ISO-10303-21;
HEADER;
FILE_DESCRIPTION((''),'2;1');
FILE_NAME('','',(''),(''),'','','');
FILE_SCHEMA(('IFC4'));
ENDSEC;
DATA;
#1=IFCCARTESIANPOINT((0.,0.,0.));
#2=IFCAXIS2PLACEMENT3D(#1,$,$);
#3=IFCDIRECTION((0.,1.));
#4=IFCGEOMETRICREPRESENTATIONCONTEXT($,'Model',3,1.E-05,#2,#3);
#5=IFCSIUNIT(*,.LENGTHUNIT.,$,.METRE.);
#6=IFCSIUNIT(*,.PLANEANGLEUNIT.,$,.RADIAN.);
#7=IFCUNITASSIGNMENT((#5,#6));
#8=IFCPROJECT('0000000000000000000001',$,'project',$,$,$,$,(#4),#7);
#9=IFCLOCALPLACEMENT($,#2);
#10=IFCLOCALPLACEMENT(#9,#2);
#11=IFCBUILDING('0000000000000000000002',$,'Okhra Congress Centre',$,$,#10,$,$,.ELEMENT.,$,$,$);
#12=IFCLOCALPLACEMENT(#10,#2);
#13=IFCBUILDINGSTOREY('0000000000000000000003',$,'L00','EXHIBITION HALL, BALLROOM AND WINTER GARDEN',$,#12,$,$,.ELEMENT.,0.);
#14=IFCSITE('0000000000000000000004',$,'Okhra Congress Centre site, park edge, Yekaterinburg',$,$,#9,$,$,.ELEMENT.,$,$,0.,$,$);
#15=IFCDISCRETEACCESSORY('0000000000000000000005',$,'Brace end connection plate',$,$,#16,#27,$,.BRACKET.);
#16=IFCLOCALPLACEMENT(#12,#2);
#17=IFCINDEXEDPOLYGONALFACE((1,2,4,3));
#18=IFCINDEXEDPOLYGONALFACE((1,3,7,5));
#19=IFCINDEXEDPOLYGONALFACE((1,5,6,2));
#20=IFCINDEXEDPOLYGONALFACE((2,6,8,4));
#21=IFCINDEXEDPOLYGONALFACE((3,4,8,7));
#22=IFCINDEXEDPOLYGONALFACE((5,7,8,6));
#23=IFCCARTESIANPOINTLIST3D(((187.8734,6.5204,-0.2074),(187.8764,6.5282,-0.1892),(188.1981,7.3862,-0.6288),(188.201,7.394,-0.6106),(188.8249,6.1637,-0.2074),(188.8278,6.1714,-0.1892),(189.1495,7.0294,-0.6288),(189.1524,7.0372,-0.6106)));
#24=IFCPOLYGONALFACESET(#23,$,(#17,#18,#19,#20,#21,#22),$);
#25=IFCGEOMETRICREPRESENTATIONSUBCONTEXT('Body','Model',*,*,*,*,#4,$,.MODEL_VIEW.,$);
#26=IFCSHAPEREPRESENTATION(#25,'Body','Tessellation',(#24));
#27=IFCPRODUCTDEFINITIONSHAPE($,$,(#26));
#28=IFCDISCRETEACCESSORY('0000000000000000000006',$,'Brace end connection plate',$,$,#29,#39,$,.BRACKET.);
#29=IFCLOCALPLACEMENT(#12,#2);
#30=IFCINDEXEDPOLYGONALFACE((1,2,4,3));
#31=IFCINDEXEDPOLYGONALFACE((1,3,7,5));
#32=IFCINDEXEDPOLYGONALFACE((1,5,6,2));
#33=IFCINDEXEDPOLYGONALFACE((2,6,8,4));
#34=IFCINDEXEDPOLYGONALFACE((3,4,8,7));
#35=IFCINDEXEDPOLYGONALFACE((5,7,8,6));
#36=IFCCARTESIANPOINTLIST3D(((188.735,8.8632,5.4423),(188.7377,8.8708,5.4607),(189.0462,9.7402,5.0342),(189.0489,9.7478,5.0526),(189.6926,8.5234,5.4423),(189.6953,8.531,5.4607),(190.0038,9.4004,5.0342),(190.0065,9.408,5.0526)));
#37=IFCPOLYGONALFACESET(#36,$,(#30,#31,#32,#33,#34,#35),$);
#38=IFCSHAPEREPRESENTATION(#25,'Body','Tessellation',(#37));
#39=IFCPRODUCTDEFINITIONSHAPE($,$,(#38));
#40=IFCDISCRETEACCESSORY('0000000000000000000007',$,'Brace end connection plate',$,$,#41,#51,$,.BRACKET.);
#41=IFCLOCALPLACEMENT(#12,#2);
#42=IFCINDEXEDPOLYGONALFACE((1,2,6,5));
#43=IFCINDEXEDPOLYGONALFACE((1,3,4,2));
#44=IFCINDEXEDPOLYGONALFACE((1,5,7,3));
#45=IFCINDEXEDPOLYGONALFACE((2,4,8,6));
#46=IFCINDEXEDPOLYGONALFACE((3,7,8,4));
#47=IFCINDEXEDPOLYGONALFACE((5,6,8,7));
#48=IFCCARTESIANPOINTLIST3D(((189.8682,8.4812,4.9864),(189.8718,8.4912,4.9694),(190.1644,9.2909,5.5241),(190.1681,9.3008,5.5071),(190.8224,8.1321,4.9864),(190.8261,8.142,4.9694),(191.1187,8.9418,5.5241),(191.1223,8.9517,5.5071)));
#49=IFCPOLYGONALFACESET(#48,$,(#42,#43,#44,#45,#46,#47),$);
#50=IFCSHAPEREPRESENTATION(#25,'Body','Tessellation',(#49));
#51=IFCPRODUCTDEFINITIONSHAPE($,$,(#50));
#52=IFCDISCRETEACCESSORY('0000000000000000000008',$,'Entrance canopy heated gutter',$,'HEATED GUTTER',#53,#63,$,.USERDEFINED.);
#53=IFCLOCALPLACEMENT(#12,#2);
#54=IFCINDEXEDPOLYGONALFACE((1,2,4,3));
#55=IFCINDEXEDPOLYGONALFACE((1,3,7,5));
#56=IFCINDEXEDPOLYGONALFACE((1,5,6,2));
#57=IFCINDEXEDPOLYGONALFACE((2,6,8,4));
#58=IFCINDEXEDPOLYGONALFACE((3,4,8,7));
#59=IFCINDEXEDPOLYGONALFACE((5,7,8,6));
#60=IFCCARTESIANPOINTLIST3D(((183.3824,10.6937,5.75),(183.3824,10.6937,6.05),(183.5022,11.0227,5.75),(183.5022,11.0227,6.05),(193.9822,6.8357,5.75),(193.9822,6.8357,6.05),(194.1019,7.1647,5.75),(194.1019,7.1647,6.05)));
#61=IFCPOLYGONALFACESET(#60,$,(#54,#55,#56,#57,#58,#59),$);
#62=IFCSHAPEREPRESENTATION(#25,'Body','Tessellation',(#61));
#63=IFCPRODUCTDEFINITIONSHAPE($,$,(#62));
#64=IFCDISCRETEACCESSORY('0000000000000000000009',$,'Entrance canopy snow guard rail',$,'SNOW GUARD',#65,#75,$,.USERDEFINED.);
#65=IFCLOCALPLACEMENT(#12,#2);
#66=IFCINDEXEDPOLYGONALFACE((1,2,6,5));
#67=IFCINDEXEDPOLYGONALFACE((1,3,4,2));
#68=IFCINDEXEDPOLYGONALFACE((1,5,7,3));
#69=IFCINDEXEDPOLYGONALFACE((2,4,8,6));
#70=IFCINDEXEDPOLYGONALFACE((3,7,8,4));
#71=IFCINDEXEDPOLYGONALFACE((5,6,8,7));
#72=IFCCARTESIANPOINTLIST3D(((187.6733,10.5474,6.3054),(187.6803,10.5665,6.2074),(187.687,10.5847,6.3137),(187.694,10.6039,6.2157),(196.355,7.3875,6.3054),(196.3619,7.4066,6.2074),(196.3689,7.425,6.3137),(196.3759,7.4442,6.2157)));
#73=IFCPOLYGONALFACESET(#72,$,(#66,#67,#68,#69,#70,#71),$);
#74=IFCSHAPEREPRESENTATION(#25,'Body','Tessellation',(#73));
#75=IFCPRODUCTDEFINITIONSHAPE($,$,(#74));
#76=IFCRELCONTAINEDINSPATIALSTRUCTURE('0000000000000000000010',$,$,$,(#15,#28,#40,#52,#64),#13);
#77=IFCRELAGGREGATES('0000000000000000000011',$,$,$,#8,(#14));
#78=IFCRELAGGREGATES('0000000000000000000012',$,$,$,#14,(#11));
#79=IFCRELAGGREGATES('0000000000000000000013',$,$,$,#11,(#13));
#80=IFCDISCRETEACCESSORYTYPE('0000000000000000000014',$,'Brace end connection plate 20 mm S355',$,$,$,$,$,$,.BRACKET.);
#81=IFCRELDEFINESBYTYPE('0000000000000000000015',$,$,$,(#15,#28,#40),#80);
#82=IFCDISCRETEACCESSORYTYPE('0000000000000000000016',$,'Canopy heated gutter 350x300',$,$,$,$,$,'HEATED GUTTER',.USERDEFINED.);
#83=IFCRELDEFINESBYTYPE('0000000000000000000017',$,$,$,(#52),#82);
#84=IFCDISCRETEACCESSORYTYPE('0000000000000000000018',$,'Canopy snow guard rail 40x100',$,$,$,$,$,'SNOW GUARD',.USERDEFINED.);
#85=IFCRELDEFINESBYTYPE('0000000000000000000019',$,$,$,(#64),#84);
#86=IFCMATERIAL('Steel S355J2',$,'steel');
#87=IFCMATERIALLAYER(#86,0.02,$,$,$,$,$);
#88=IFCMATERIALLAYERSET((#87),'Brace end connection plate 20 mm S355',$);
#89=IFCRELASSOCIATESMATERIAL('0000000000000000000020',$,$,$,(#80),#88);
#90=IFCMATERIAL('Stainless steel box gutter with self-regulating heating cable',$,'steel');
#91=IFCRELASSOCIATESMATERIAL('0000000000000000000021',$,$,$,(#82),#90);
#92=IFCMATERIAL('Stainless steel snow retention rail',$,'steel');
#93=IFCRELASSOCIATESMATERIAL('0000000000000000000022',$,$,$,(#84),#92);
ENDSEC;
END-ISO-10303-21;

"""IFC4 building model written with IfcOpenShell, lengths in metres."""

from ifc_helpers import new_model, si_unit, direction, frame, origin, origin_2d, place, context, subcontext, project, spatial, polyline, rectangle, outline, extrude, material, layer, layer_set, type_object, element, save


model = new_model("IFC4")

# Units and contexts
model_context = context("Model", 3, precision=1e-05, world=origin(), true_north=direction((0.0, 1.0)))
body_context = subcontext(model_context, "Body", "Model", "MODEL_VIEW")
ifc_project = project(units=[si_unit("LENGTHUNIT", "METRE"), si_unit("PLANEANGLEUNIT", "RADIAN")], contexts=[model_context])

# Site, building, storey
site_placement = place(None, origin())
site = spatial("IfcSite", under=ifc_project, at=site_placement, Name="Okhra Congress Centre site, park edge, Yekaterinburg", CompositionType="ELEMENT", RefElevation=0.0)
building_placement = place(site_placement, origin())
building = spatial("IfcBuilding", under=site, at=building_placement, Name="Okhra Congress Centre", CompositionType="ELEMENT")
storey_placement = place(building_placement, origin())
storey = spatial("IfcBuildingStorey", under=building, at=storey_placement, Name="L00", Description="EXHIBITION HALL, BALLROOM AND WINTER GARDEN", CompositionType="ELEMENT", Elevation=0.0)

# Discrete accessories
ifc_material_1 = material(Name="Steel S355J2", Category="steel")
ifc_layer = layer(ifc_material_1, 0.02)
ifc_layer_set = layer_set([ifc_layer], Name="Brace end connection plate 20 mm S355")
discrete_accessory_type_1 = type_object("IfcDiscreteAccessoryType", Name="Brace end connection plate 20 mm S355", PredefinedType="BRACKET", material=ifc_layer_set)
for number, where, z_axis, x_axis, name in (
    (1, (188.5144, 6.7827, -0.3999), (-0.145596, -0.388257, -0.909977), (0.936329, -0.351123, 0.0), "Brace end connection plate"),
    (2, (189.3694, 9.1318, 5.2383), (0.134316, 0.378528, 0.915793), (-0.942428, 0.33441, 0.0), "Brace end connection plate"),
    (3, (190.4971, 8.7214, 5.2383), (-0.181822, -0.496979, 0.8485), (0.939123, -0.343582, 0.0), "Brace end connection plate"),
):
    element("IfcDiscreteAccessory", number, at=place(storey_placement, frame(where, z_axis=z_axis, x_axis=x_axis)), inside=storey, type_object=discrete_accessory_type_1, Name=name, PredefinedType="BRACKET", context=body_context, shape_type="SweptSolid", body=[
        extrude(rectangle(XDim=1.0161, YDim=1.0161, at=origin_2d()), origin(), (0.0, 0.0, 1.0), 0.02),
    ])
ifc_material_2 = material(Name="Stainless steel box gutter with self-regulating heating cable", Category="steel")
discrete_accessory_type_2 = type_object("IfcDiscreteAccessoryType", Name="Canopy heated gutter 350x300", ElementType="HEATED GUTTER", PredefinedType="USERDEFINED", material=ifc_material_2)
discrete_accessory_1_placement = place(storey_placement, frame((188.7422, 8.9292, 5.75), z_axis=(0.0, 0.0, 1.0), x_axis=(0.939693, -0.34202, 0.0)))
element("IfcDiscreteAccessory", 4, at=discrete_accessory_1_placement, inside=storey, type_object=discrete_accessory_type_2, Name="Entrance canopy heated gutter", ObjectType="HEATED GUTTER", PredefinedType="USERDEFINED", context=body_context, shape_type="SweptSolid", body=[
    extrude(rectangle(XDim=11.28, YDim=0.3501, at=origin_2d()), origin(), (0.0, 0.0, 1.0), 0.3),
])
ifc_material_3 = material(Name="Stainless steel snow retention rail", Category="steel")
discrete_accessory_type_3 = type_object("IfcDiscreteAccessoryType", Name="Canopy snow guard rail 40x100", ElementType="SNOW GUARD", PredefinedType="USERDEFINED", material=ifc_material_3)
discrete_accessory_2_placement = place(storey_placement, frame((187.6733, 10.5474, 6.3054), z_axis=(-0.069604, -0.191243, 0.979072), x_axis=(0.939691, -0.342025, -0.000003)))
element("IfcDiscreteAccessory", 5, at=discrete_accessory_2_placement, inside=storey, type_object=discrete_accessory_type_3, Name="Entrance canopy snow guard rail", ObjectType="SNOW GUARD", PredefinedType="USERDEFINED", context=body_context, shape_type="SweptSolid", body=[
    extrude(outline(polyline([(0.0, 0.0), (9.2388, 0.0), (9.239, 0.0409), (0.0001, 0.0406), (0.0, 0.0)])), origin(), (0.0, 0.0, -1.0), 0.1001),
])

save(model, "model.ifc")
